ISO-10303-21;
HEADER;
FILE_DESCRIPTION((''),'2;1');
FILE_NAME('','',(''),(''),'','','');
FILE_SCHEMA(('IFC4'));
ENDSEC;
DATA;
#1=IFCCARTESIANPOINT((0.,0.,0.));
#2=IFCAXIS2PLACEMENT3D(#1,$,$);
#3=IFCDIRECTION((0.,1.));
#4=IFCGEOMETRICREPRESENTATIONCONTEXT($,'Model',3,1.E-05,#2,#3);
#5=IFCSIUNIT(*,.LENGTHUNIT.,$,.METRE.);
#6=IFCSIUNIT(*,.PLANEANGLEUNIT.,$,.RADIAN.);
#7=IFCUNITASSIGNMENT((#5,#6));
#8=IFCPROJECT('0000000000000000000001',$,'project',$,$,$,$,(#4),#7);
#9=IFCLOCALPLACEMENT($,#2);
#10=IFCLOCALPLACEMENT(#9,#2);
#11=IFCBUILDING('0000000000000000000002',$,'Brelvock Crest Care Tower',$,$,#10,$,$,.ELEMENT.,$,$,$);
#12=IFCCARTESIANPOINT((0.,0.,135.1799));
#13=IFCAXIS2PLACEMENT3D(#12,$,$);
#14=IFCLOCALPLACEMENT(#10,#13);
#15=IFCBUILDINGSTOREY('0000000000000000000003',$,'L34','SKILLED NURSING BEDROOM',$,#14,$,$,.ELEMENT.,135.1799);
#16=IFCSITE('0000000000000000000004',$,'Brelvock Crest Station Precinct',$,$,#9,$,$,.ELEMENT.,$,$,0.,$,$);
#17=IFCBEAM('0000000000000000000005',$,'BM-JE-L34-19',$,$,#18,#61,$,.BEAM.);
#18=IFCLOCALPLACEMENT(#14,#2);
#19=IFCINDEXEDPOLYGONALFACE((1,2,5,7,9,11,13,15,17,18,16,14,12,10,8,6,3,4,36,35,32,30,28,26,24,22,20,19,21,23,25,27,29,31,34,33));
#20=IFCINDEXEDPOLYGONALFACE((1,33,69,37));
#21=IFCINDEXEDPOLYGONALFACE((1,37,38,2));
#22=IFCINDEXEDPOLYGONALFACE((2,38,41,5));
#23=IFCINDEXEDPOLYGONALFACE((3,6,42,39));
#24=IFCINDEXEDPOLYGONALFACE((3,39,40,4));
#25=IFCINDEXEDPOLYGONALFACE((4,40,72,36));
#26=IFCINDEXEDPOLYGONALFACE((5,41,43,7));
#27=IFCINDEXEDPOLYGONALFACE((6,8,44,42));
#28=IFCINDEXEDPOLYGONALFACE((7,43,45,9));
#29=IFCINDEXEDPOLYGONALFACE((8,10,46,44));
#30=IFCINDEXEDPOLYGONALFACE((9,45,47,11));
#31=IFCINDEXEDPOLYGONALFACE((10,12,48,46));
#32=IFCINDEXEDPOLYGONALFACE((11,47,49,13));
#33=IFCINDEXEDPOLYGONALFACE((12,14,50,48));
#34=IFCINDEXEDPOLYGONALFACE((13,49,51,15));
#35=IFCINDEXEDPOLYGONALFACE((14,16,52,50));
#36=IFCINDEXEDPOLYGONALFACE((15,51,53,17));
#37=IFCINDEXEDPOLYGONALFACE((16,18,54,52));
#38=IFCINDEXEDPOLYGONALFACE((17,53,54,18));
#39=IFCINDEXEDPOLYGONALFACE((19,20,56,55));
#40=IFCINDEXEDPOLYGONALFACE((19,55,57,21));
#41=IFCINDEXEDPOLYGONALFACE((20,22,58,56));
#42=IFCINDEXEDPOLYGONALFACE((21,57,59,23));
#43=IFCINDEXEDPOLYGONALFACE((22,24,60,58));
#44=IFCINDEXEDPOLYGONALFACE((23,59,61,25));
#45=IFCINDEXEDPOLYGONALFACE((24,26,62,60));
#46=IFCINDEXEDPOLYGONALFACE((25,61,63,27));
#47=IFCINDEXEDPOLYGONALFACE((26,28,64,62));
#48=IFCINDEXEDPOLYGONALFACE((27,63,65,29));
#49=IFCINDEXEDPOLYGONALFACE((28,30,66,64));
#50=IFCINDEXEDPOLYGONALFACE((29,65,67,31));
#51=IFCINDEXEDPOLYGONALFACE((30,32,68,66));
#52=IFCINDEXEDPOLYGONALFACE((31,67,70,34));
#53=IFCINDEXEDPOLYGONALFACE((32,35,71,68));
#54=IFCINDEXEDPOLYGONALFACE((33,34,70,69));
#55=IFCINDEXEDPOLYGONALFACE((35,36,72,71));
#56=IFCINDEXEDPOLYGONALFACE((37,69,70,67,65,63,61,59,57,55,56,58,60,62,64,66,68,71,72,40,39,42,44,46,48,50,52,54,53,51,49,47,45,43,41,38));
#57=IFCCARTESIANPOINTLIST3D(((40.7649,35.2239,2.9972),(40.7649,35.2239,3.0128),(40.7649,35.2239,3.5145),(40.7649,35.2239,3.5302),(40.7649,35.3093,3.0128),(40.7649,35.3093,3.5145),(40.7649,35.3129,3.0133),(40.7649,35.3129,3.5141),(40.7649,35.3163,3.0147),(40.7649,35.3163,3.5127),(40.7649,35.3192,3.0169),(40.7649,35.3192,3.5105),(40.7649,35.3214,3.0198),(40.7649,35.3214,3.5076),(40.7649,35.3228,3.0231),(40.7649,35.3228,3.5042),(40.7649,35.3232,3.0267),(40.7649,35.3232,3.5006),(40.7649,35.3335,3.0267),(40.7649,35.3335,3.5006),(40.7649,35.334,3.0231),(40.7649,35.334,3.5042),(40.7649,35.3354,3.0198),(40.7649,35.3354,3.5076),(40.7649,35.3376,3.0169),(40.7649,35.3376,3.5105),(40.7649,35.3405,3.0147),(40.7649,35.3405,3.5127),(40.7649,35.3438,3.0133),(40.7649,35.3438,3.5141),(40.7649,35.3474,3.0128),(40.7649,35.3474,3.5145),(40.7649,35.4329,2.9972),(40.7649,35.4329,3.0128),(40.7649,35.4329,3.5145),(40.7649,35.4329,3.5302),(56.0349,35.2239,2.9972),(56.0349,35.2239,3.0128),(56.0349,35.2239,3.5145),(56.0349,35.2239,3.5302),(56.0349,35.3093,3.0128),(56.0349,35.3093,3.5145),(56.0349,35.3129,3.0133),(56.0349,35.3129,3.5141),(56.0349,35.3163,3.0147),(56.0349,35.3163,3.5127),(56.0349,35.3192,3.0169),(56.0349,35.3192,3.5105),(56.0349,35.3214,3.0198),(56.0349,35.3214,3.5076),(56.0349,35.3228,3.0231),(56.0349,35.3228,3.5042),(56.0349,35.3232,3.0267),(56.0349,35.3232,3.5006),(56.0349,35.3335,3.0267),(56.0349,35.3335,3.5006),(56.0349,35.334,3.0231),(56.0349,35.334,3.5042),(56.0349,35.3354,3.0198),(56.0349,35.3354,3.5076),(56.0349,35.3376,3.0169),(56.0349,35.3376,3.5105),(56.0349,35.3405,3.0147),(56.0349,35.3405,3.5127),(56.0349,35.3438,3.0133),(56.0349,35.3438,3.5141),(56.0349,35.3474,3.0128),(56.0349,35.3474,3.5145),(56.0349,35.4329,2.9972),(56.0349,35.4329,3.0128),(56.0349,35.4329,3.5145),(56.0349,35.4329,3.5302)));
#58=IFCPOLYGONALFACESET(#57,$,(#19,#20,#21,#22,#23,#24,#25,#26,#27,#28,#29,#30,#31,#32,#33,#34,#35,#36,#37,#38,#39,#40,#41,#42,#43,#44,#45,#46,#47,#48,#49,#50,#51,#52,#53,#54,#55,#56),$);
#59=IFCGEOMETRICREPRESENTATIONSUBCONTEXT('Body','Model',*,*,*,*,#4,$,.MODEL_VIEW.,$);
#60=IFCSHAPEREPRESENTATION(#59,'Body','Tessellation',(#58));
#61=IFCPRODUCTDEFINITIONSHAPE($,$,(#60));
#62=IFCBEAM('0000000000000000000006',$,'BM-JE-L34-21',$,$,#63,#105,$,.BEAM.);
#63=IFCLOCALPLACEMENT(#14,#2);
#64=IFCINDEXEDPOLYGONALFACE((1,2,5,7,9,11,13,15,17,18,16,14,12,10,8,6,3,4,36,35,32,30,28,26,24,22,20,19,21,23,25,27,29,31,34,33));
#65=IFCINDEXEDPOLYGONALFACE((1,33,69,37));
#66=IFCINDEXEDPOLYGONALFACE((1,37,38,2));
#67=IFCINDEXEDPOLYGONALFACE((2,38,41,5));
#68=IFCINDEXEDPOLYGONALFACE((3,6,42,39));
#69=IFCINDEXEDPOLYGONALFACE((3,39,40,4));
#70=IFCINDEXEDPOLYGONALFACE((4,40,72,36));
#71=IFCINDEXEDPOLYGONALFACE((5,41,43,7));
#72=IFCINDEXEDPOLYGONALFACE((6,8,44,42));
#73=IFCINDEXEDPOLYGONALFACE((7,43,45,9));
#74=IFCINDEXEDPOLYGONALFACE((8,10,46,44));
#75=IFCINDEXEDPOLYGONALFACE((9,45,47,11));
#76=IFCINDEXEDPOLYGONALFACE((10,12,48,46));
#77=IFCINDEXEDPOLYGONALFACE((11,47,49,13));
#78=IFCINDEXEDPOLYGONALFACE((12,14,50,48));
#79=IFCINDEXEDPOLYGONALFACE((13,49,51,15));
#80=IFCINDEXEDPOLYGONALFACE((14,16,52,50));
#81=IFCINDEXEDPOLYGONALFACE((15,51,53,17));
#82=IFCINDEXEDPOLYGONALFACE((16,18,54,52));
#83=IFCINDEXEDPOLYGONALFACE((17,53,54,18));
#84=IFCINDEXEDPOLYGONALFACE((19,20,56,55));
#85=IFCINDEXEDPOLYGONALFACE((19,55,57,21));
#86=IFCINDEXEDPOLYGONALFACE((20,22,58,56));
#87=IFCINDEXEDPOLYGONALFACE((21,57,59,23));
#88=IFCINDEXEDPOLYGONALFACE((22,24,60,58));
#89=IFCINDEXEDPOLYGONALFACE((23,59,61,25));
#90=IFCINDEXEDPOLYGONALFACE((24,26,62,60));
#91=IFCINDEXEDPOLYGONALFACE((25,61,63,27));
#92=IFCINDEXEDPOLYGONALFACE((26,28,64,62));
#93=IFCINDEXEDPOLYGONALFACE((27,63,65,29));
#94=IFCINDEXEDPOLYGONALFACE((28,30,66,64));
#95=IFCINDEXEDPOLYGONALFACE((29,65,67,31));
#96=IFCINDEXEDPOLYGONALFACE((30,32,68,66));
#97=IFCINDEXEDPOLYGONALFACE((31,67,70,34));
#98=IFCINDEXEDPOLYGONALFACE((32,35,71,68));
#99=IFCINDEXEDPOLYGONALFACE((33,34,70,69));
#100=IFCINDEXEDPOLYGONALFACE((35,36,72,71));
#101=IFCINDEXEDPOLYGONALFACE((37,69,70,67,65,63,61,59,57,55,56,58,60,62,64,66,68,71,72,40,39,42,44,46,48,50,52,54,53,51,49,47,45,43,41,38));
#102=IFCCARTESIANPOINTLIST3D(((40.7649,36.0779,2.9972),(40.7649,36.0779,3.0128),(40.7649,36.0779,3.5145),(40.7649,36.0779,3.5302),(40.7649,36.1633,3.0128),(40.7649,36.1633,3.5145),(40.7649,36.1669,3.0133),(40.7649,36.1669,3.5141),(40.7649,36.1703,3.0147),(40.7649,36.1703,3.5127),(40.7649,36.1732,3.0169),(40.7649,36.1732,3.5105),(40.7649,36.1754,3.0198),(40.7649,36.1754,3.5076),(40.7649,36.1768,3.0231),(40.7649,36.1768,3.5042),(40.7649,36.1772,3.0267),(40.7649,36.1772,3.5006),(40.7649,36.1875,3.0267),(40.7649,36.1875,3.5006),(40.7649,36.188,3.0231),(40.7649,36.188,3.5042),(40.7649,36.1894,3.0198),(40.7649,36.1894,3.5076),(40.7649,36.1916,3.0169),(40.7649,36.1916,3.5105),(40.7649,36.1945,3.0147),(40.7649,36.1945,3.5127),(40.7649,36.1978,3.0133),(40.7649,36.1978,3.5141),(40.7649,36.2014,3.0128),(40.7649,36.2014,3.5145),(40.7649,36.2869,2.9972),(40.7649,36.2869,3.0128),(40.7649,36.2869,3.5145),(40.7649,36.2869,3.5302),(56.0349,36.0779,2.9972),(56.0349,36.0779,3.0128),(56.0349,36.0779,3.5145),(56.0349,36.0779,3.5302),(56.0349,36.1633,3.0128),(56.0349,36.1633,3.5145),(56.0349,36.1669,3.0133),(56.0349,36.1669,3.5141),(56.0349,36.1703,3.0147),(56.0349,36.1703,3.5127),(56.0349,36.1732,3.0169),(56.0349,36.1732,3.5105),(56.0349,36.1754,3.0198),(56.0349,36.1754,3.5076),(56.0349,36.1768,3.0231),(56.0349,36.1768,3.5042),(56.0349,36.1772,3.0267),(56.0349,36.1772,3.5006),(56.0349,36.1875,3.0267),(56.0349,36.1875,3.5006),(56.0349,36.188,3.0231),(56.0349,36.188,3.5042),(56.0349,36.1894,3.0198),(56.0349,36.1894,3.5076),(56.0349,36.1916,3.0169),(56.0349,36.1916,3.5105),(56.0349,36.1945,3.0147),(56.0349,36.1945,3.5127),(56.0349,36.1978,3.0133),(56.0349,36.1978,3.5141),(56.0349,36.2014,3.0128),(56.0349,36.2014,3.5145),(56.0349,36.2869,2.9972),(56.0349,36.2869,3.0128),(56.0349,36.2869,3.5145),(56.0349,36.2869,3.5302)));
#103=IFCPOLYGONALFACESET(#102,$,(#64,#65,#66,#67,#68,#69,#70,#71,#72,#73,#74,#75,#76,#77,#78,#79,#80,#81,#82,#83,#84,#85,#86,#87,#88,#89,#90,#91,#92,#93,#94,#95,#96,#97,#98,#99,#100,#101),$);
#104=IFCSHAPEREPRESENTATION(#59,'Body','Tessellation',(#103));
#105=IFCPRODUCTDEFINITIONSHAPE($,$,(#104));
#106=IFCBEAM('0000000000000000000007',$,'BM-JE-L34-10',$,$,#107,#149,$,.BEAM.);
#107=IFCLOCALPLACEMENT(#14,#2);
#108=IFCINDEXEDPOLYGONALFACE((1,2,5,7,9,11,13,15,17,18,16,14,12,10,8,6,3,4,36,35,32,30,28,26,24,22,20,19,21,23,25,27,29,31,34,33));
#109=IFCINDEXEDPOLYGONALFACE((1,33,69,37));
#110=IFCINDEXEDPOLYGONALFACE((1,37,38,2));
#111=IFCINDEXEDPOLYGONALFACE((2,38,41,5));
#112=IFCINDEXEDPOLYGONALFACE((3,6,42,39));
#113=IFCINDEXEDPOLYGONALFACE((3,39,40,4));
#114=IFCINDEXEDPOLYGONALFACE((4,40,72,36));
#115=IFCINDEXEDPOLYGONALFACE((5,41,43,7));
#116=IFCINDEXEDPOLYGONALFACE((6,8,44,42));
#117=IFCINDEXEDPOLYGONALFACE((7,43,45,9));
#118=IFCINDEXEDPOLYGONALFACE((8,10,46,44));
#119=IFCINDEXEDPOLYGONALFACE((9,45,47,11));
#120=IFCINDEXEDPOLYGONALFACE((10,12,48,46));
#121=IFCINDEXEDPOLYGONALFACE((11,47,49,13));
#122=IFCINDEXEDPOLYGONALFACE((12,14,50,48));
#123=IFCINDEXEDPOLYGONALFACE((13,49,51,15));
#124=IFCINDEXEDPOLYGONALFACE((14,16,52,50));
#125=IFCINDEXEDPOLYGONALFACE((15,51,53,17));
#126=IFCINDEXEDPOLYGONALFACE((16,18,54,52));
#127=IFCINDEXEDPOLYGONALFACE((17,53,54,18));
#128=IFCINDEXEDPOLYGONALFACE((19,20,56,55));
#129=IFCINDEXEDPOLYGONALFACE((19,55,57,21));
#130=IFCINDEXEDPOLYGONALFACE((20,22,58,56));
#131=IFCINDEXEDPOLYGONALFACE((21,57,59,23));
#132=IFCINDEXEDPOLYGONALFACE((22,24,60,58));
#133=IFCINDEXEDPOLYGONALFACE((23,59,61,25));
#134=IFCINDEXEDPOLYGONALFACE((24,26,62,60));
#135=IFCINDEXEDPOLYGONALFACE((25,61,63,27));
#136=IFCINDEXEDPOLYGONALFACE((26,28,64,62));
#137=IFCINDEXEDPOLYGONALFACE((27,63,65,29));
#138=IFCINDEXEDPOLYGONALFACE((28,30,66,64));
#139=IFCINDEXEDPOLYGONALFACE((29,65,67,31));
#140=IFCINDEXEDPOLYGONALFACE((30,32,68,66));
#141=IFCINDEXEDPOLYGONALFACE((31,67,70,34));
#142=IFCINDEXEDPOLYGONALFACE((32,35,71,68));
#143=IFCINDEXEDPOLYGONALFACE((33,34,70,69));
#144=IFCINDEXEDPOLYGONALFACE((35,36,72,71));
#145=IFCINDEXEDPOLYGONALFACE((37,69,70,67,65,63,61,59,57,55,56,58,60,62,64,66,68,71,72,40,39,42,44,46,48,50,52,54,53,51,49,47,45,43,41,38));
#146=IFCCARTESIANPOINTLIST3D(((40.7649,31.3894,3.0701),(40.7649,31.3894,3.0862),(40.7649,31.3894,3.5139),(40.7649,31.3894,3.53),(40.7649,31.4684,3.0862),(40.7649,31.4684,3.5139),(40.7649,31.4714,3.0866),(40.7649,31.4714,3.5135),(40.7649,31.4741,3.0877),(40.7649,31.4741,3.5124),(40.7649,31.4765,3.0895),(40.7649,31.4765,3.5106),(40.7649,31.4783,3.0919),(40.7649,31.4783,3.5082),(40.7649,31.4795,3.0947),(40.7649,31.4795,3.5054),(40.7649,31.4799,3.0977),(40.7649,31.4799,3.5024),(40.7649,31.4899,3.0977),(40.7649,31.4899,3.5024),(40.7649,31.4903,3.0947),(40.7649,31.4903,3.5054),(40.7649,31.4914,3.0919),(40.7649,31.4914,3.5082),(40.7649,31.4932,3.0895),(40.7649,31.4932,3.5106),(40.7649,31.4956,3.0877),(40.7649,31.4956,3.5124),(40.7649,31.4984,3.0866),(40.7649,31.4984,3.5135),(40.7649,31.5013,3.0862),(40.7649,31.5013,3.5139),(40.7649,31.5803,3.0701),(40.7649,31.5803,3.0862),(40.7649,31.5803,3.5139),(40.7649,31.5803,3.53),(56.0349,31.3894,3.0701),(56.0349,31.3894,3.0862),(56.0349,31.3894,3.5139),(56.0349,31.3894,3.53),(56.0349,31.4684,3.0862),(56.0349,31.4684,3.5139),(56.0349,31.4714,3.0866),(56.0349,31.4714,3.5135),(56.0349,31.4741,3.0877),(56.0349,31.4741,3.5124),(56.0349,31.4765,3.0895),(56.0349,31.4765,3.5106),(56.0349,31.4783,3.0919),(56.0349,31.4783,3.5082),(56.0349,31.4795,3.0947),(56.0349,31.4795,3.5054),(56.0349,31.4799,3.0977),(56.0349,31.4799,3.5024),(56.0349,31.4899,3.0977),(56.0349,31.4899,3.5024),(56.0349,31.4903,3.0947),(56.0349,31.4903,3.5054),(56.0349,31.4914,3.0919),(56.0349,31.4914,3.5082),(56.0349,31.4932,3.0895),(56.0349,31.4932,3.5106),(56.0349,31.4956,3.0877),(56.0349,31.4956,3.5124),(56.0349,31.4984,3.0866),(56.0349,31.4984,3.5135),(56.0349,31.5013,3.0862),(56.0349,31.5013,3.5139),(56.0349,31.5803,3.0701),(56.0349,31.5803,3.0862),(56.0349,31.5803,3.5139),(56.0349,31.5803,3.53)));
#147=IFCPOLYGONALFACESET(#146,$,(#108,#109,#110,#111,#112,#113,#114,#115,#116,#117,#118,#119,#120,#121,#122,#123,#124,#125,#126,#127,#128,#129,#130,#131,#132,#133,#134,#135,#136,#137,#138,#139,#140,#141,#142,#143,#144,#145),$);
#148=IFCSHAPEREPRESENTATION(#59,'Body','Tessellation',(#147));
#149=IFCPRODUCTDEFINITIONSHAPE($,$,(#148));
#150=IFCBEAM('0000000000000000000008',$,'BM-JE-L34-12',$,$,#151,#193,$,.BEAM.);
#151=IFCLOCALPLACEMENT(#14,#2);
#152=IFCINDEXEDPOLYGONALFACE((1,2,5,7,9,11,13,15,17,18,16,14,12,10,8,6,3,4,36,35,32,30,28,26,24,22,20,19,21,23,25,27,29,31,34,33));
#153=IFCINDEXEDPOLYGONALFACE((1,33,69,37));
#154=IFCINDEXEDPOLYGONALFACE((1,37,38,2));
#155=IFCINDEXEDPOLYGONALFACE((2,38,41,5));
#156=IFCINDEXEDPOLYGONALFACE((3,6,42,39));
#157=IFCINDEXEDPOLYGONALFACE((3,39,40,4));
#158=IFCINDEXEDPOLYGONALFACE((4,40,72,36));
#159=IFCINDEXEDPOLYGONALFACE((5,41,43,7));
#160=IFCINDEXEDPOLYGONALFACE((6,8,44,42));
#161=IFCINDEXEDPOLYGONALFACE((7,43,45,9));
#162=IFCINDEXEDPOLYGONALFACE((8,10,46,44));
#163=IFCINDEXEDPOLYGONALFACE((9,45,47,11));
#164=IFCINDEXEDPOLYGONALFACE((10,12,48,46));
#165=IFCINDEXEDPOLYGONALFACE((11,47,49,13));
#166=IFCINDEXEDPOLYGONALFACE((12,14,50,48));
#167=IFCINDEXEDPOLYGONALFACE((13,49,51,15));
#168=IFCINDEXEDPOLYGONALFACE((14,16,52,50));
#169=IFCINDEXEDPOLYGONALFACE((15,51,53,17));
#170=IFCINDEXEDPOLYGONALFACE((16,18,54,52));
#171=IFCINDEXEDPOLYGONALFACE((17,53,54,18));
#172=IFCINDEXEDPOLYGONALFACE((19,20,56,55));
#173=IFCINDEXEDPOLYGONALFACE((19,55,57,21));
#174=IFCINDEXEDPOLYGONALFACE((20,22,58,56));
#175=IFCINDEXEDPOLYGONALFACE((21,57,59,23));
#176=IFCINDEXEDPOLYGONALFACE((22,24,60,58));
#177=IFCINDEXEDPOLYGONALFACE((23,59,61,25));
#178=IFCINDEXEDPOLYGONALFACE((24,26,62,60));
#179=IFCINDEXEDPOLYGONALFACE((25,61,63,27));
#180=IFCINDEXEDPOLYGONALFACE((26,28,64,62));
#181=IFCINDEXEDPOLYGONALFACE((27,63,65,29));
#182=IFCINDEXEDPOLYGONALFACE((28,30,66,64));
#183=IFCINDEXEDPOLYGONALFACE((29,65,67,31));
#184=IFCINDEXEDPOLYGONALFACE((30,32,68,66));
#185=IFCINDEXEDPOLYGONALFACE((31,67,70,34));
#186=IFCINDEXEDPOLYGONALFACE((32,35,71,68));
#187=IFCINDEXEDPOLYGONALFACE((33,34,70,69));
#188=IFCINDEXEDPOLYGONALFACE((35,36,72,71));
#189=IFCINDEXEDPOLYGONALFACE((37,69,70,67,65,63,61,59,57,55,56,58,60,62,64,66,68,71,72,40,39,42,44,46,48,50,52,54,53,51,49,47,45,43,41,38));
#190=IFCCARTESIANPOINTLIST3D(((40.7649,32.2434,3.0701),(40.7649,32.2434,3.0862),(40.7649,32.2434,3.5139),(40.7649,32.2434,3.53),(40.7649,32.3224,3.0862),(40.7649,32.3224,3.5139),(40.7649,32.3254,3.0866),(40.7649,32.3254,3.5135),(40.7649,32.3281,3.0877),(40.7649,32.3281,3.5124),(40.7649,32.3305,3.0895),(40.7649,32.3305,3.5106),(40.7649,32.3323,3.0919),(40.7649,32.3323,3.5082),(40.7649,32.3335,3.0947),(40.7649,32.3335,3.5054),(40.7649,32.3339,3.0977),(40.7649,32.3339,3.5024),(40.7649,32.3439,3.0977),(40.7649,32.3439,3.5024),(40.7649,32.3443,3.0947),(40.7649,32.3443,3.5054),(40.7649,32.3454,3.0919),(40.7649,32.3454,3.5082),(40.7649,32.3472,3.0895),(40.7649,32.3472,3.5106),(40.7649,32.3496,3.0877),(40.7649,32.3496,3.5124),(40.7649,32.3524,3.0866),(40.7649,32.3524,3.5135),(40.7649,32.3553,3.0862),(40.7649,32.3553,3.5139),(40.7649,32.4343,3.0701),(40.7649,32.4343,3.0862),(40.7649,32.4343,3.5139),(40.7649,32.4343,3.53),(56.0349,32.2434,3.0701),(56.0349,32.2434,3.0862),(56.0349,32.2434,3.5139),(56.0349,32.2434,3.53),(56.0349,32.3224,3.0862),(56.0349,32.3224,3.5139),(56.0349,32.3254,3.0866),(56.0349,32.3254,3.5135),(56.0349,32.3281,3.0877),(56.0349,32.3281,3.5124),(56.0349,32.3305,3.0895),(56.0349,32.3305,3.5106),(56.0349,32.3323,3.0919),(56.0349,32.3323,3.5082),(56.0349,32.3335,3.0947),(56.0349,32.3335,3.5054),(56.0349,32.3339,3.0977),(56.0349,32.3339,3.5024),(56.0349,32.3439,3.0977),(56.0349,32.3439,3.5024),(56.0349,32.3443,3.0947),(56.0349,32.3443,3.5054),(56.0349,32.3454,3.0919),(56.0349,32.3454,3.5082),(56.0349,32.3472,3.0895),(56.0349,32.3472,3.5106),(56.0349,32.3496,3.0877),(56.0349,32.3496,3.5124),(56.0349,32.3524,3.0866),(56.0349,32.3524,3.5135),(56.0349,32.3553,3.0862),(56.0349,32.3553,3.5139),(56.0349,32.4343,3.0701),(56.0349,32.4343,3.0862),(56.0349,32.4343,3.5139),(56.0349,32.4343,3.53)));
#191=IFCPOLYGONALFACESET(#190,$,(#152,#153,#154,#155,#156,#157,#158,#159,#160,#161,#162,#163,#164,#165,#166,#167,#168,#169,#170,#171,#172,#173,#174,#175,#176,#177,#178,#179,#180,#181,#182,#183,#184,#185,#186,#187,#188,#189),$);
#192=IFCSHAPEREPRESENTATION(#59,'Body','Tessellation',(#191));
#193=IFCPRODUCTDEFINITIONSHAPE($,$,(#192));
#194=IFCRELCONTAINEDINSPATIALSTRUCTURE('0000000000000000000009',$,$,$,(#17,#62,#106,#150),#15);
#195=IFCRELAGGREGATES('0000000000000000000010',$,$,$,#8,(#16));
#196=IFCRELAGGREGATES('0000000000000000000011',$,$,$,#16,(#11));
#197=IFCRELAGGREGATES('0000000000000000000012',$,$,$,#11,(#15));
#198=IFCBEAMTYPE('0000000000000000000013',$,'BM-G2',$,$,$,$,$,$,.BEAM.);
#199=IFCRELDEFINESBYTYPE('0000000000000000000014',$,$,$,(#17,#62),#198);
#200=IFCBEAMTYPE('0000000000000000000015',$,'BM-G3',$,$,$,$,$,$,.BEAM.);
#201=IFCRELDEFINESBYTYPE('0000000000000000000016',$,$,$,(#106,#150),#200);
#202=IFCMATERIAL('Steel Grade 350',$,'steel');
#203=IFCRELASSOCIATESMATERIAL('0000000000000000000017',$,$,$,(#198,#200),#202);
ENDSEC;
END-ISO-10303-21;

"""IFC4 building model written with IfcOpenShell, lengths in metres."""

from ifc_helpers import new_model, si_unit, direction, frame, origin, origin_2d, place, context, subcontext, project, spatial, i_section, extrude, source, transform, mapped, material, material_profile, profile_set, type_object, element, save


model = new_model("IFC4")

# Units and contexts
model_context = context("Model", 3, precision=1e-05, world=origin(), true_north=direction((0.0, 1.0)))
body_context = subcontext(model_context, "Body", "Model", "MODEL_VIEW")
ifc_project = project(units=[si_unit("LENGTHUNIT", "METRE"), si_unit("PLANEANGLEUNIT", "RADIAN")], contexts=[model_context])

# Site, building, storey
site_placement = place(None, origin())
site = spatial("IfcSite", under=ifc_project, at=site_placement, Name="Brelvock Crest Station Precinct", CompositionType="ELEMENT", RefElevation=0.0)
building_placement = place(site_placement, origin())
building = spatial("IfcBuilding", under=site, at=building_placement, Name="Brelvock Crest Care Tower", CompositionType="ELEMENT")
storey_placement = place(building_placement, frame((0.0, 0.0, 135.1799)))
storey = spatial("IfcBuildingStorey", under=building, at=storey_placement, Name="L34", Description="SKILLED NURSING BEDROOM", CompositionType="ELEMENT", Elevation=135.1799)

# Beams
ifc_material_1 = material(Name="Steel Grade 350", Category="steel")
ifc_material_profile_1 = material_profile(ifc_material_1, i_section(OverallWidth=0.209, OverallDepth=0.533, WebThickness=0.0103, FlangeThickness=0.0156, FilletRadius=0.0139, at=origin_2d()), Name="530UB92.4")
ifc_profile_set_1 = profile_set([ifc_material_profile_1], Name="Steel Grade 350")
beam_type_1 = type_object("IfcBeamType", Name="BM-G2", PredefinedType="BEAM", material=ifc_profile_set_1)
shared_shape_1 = source(origin(), body_context, "Body", "SweptSolid", [
    extrude(i_section(OverallWidth=0.209, OverallDepth=0.533, WebThickness=0.0103, FlangeThickness=0.0156, FilletRadius=0.0139, at=origin_2d()), origin(), (0.0, 0.0, 1.0), 15.27),
])
for number, where, z_axis, x_axis, name in (
    (1, (40.7649, 35.3284, 3.2637), (1.0, 0.0, 0.0), (0.0, 1.0, 0.0), "BM-JE-L34-19"),
    (2, (40.7649, 36.1824, 3.2637), (1.0, 0.0, 0.0), (0.0, 1.0, 0.0), "BM-JE-L34-21"),
):
    element("IfcBeam", number, at=place(storey_placement, frame(where, z_axis=z_axis, x_axis=x_axis)), inside=storey, type_object=beam_type_1, Name=name, PredefinedType="BEAM", context=body_context, shape_type="MappedRepresentation", body=[
        mapped(shared_shape_1, transform((0.0, 0.0, 0.0), x_axis=(1.0, 0.0, 0.0), y_axis=(0.0, 1.0, 0.0), z_axis=(0.0, 0.0, 1.0), scale=1.0)),
    ])
ifc_material_profile_2 = material_profile(ifc_material_1, i_section(OverallWidth=0.1909, OverallDepth=0.46, WebThickness=0.01, FlangeThickness=0.0161, FilletRadius=0.0115, at=origin_2d()), Name="460UB82.1")
ifc_profile_set_2 = profile_set([ifc_material_profile_2], Name="Steel Grade 350")
beam_type_2 = type_object("IfcBeamType", Name="BM-G3", PredefinedType="BEAM", material=ifc_profile_set_2)
shared_shape_2 = source(origin(), body_context, "Body", "SweptSolid", [
    extrude(i_section(OverallWidth=0.1909, OverallDepth=0.46, WebThickness=0.01, FlangeThickness=0.0161, FilletRadius=0.0115, at=origin_2d()), origin(), (0.0, 0.0, 1.0), 15.27),
])
for number, where, z_axis, x_axis, name in (
    (3, (40.7649, 31.4849, 3.3), (1.0, 0.0, 0.0), (0.0, 1.0, 0.0), "BM-JE-L34-10"),
    (4, (40.7649, 32.3389, 3.3), (1.0, 0.0, 0.0), (0.0, 1.0, 0.0), "BM-JE-L34-12"),
):
    element("IfcBeam", number, at=place(storey_placement, frame(where, z_axis=z_axis, x_axis=x_axis)), inside=storey, type_object=beam_type_2, Name=name, PredefinedType="BEAM", context=body_context, shape_type="MappedRepresentation", body=[
        mapped(shared_shape_2, transform((0.0, 0.0, 0.0), x_axis=(1.0, 0.0, 0.0), y_axis=(0.0, 1.0, 0.0), z_axis=(0.0, 0.0, 1.0), scale=1.0)),
    ])

save(model, "model.ifc")
